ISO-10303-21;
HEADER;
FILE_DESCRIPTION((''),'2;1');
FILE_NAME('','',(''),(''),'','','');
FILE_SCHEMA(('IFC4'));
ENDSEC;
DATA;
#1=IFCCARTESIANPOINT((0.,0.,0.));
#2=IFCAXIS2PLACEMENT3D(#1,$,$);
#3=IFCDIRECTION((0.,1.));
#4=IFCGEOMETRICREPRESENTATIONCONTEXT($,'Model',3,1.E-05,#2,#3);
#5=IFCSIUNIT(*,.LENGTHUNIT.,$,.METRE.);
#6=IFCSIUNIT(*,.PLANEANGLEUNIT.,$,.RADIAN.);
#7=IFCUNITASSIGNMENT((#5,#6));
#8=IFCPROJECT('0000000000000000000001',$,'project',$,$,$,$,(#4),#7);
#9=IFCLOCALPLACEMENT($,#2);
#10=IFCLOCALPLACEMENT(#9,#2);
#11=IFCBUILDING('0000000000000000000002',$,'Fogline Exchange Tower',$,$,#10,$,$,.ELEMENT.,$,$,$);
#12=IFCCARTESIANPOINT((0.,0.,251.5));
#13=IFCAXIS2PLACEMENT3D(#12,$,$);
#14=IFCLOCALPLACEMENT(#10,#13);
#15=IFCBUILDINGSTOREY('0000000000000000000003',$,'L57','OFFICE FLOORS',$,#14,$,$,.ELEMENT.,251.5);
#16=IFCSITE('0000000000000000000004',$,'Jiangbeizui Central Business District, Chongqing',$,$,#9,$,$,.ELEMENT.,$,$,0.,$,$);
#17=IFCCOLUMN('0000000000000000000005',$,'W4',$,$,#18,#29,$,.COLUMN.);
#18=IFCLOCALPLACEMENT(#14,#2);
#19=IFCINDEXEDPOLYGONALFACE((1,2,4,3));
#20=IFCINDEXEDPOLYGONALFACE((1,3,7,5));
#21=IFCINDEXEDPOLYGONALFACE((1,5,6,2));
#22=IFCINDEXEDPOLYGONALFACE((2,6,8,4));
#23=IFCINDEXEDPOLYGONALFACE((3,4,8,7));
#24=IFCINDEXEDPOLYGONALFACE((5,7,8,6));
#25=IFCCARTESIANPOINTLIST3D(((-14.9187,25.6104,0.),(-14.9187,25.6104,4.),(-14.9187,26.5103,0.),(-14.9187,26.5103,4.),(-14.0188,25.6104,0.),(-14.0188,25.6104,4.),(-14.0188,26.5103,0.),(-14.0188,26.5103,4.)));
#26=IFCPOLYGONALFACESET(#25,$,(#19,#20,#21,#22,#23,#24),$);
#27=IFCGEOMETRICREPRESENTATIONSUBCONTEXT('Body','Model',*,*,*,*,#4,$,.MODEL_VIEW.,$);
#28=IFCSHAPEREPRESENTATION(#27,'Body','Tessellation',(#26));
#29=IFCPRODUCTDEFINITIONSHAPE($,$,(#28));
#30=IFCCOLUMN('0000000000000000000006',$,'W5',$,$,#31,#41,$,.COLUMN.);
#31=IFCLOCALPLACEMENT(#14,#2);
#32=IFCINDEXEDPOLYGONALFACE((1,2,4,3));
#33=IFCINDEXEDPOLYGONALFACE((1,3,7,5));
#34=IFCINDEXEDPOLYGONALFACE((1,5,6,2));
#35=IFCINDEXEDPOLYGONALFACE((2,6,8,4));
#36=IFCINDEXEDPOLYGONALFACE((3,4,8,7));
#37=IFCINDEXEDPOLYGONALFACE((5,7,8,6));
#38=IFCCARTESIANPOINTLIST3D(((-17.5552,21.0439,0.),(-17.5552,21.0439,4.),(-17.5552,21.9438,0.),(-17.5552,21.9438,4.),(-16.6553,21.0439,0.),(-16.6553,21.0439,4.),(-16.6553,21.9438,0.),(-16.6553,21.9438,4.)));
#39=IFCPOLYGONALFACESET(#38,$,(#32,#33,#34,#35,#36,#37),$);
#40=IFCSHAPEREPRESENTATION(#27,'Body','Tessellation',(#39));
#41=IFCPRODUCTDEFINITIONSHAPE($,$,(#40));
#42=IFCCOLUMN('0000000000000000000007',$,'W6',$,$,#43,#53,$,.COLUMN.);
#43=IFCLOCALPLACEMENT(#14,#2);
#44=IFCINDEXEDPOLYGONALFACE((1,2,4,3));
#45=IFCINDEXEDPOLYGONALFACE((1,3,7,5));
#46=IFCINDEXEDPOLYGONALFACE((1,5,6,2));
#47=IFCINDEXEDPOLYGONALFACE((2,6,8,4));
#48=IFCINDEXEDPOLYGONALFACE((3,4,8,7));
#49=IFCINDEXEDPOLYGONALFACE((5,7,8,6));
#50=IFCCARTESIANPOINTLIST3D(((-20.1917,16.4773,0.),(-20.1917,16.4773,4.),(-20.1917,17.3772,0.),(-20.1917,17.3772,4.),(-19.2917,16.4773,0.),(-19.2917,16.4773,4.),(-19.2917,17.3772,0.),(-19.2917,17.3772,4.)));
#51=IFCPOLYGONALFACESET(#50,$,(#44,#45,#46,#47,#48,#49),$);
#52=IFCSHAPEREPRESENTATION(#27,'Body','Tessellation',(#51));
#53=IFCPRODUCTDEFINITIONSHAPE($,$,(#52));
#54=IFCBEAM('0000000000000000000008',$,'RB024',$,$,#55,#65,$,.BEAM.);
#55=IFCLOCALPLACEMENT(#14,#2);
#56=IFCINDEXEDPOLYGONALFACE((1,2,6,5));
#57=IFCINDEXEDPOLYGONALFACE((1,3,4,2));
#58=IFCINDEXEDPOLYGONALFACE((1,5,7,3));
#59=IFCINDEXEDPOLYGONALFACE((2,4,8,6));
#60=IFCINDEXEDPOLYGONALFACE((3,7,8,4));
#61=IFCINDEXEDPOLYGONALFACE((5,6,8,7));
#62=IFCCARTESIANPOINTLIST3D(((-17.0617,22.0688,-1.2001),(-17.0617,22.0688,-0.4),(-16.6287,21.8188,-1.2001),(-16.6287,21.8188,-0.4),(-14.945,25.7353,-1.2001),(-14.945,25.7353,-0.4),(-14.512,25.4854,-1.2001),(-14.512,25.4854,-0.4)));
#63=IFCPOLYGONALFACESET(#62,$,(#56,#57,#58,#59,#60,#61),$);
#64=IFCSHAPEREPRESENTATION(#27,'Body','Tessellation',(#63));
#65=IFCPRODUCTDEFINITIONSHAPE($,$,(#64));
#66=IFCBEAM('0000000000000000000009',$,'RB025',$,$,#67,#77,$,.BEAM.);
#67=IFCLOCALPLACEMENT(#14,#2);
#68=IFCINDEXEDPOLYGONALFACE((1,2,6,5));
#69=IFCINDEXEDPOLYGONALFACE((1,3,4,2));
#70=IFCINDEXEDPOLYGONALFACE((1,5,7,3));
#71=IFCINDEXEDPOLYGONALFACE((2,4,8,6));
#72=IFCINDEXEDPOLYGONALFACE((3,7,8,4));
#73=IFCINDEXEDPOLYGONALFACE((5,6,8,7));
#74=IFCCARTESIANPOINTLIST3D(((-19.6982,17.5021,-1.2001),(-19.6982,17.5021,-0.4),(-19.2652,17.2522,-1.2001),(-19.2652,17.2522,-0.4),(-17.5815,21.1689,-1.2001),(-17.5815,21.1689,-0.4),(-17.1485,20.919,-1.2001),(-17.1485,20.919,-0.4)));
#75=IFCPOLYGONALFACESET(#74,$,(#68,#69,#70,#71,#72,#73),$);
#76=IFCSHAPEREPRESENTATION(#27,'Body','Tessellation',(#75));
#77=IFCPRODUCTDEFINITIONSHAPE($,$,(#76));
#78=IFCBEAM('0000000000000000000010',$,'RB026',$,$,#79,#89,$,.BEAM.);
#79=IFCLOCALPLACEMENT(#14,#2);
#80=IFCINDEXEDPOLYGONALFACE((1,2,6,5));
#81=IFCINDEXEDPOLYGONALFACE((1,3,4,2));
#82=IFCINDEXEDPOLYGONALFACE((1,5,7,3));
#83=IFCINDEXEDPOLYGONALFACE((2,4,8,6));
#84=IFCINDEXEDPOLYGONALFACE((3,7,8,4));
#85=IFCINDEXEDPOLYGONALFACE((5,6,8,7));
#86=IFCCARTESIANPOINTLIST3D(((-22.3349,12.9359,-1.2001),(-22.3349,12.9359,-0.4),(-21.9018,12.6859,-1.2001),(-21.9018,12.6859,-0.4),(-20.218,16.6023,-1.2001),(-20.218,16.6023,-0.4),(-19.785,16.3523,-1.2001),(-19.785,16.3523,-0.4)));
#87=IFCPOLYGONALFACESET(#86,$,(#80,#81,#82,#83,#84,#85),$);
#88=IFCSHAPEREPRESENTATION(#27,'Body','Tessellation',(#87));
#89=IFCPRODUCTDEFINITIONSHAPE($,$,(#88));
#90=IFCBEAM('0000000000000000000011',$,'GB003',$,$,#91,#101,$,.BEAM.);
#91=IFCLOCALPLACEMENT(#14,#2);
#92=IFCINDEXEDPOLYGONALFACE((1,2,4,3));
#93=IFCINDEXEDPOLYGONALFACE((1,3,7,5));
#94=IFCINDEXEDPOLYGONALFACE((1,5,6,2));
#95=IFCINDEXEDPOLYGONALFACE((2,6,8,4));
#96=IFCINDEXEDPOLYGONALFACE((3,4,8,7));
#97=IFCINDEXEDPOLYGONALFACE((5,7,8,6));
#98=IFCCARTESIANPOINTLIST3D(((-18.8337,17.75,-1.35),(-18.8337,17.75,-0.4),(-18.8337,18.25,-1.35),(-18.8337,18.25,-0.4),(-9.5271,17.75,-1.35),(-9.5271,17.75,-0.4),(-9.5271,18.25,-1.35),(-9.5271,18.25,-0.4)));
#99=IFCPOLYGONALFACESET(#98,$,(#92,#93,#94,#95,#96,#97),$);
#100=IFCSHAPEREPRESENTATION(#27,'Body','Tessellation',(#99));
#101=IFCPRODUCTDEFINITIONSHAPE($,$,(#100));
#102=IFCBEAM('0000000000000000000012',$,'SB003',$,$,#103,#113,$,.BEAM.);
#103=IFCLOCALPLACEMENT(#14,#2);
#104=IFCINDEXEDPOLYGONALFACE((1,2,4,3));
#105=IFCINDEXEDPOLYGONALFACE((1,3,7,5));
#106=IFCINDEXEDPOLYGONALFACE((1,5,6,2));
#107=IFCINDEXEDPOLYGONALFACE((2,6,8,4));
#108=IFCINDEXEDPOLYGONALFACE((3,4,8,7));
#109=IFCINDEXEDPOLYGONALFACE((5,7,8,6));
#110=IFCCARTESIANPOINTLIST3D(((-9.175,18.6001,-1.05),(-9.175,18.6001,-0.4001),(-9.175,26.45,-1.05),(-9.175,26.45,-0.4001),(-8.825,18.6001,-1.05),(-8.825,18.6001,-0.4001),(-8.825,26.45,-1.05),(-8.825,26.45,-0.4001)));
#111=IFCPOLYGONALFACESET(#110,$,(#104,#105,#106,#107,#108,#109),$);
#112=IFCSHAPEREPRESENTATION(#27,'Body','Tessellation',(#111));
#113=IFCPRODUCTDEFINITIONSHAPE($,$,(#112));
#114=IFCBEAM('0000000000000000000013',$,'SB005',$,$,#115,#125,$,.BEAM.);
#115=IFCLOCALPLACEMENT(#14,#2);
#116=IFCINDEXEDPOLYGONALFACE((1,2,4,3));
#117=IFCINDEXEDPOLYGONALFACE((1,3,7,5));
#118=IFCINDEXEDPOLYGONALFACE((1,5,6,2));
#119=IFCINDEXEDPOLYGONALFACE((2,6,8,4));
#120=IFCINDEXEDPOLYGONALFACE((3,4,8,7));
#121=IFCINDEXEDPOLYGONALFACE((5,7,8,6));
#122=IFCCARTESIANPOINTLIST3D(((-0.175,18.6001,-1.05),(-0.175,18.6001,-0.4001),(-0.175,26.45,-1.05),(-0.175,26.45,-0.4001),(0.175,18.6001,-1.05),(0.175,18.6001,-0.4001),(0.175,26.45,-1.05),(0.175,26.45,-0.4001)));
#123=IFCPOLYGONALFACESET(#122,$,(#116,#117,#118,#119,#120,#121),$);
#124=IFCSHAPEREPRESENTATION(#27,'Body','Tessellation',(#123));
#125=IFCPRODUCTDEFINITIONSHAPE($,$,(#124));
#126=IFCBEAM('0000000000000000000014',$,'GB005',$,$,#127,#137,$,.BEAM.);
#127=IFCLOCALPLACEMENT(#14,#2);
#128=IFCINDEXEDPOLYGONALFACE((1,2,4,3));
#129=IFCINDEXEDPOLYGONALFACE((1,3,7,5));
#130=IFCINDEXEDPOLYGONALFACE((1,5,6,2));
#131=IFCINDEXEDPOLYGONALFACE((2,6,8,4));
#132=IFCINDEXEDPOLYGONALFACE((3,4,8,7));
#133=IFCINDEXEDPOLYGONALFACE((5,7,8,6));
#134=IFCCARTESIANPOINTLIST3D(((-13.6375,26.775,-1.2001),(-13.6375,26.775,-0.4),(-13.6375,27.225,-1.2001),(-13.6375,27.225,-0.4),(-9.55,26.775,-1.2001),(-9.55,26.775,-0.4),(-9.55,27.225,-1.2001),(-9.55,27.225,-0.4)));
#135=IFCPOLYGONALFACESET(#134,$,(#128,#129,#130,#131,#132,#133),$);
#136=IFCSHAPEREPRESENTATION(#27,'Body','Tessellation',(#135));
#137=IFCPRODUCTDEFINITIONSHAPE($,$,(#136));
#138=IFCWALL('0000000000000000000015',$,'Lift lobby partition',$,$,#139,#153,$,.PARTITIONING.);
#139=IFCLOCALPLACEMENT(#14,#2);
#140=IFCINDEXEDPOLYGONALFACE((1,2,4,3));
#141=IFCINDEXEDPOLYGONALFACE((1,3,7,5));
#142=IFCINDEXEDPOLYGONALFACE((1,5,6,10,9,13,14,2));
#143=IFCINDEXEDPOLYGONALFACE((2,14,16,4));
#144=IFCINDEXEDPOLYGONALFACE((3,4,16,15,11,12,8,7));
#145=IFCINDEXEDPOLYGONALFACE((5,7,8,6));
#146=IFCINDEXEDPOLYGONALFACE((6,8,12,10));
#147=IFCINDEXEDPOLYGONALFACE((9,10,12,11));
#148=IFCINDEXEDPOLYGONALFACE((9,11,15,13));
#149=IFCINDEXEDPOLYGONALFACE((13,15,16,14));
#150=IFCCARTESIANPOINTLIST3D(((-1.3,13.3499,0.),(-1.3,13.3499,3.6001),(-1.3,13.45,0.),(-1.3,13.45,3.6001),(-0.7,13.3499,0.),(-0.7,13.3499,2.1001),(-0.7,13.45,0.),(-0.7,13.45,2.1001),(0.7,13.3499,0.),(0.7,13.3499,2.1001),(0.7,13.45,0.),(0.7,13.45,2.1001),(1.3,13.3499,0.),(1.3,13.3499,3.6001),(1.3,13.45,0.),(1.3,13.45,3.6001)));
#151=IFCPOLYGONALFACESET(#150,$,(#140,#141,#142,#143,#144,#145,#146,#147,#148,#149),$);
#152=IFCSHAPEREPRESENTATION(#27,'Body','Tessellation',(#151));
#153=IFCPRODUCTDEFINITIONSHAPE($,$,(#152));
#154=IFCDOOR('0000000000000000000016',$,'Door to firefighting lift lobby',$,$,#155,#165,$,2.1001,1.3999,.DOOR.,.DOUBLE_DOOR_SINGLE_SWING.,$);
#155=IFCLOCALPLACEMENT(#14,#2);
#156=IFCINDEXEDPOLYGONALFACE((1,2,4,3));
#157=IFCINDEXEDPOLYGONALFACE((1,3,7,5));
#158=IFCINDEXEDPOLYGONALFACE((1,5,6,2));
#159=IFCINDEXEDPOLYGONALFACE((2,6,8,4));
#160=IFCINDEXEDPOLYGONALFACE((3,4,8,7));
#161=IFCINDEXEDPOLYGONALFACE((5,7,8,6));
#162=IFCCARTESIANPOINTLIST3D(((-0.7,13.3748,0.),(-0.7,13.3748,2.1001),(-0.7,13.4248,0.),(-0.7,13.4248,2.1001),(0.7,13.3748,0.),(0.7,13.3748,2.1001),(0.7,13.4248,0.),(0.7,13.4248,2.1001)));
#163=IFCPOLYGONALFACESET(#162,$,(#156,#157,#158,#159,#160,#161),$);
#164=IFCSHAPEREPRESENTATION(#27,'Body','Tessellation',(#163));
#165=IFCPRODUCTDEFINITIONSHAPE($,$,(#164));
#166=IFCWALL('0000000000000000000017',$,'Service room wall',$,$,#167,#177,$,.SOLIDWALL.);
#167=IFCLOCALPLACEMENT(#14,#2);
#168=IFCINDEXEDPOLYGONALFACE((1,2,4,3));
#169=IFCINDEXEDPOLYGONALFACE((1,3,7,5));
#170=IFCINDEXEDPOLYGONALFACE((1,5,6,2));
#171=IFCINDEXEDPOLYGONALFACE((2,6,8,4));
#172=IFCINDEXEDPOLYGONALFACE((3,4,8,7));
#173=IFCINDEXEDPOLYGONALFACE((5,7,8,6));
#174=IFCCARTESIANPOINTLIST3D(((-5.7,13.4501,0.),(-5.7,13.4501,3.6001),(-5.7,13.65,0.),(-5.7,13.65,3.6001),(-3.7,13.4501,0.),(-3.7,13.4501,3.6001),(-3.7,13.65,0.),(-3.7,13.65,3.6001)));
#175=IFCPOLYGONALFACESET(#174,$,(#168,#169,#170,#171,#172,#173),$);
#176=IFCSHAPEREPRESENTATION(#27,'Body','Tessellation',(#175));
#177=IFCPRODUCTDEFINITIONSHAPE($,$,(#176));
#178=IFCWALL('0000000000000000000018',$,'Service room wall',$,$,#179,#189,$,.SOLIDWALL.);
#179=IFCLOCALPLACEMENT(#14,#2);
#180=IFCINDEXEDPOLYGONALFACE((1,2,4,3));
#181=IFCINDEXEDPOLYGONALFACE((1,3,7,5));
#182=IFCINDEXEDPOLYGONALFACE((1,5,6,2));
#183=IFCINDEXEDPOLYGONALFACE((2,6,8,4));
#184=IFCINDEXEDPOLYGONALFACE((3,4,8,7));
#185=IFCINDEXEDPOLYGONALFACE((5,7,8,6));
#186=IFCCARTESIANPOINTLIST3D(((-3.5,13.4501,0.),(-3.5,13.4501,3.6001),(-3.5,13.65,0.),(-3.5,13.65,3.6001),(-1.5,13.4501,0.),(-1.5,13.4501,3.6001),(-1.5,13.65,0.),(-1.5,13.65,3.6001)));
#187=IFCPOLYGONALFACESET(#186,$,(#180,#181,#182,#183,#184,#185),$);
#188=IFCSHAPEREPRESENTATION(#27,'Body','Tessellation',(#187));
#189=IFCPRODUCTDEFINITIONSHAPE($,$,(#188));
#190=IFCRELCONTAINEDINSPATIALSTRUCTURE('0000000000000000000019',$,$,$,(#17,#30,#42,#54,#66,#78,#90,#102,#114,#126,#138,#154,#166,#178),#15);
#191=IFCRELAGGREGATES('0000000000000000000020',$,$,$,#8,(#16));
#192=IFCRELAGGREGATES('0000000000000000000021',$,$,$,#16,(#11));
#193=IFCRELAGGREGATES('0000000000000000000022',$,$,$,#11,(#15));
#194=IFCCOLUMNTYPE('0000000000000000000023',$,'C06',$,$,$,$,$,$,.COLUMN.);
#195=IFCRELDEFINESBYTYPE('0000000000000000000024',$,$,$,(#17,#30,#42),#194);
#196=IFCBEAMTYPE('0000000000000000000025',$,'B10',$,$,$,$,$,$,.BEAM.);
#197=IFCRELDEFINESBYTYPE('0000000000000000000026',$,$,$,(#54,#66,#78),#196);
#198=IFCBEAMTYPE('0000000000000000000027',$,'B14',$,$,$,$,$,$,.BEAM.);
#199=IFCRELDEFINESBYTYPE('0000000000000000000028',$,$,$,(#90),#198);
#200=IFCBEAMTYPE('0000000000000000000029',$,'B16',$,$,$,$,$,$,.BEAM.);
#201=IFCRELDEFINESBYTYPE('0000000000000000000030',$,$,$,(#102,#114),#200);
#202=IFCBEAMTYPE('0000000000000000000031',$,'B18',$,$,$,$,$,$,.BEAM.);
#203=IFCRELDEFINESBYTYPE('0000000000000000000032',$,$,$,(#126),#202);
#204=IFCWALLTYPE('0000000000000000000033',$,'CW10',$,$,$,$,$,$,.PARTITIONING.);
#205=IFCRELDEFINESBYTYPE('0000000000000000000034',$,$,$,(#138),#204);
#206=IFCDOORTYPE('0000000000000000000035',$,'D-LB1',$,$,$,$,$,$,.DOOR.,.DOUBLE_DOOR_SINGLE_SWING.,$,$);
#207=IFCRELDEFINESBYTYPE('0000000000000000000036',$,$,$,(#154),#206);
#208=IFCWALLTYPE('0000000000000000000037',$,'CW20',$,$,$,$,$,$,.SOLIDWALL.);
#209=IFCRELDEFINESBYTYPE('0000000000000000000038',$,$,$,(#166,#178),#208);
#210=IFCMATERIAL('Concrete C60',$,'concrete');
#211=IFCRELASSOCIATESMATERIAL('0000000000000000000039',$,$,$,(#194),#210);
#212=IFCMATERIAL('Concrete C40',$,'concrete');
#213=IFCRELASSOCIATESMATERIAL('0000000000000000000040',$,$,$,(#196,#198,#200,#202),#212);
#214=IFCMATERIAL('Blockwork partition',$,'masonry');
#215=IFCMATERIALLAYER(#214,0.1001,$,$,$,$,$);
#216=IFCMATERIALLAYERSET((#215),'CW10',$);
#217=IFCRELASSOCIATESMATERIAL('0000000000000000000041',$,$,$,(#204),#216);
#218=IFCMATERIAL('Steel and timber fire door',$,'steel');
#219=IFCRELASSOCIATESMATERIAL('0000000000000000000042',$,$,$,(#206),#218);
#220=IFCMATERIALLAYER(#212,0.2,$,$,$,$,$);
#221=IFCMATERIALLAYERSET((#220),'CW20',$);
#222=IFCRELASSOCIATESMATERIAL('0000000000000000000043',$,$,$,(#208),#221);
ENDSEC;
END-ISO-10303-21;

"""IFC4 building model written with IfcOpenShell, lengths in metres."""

from ifc_helpers import new_model, si_unit, direction, frame, frame_2d, origin, origin_2d, place, context, subcontext, project, spatial, rectangle, extrude, material, layer, layer_set, material_profile, profile_set, type_object, element, fill, save


model = new_model("IFC4")

# Units and contexts
model_context = context("Model", 3, precision=1e-05, world=origin(), true_north=direction((0.0, 1.0)))
body_context = subcontext(model_context, "Body", "Model", "MODEL_VIEW")
ifc_project = project(units=[si_unit("LENGTHUNIT", "METRE"), si_unit("PLANEANGLEUNIT", "RADIAN")], contexts=[model_context])

# Site, building, storey
site_placement = place(None, origin())
site = spatial("IfcSite", under=ifc_project, at=site_placement, Name="Jiangbeizui Central Business District, Chongqing", CompositionType="ELEMENT", RefElevation=0.0)
building_placement = place(site_placement, origin())
building = spatial("IfcBuilding", under=site, at=building_placement, Name="Fogline Exchange Tower", CompositionType="ELEMENT")
storey_placement = place(building_placement, frame((0.0, 0.0, 251.5)))
storey = spatial("IfcBuildingStorey", under=building, at=storey_placement, Name="L57", Description="OFFICE FLOORS", CompositionType="ELEMENT", Elevation=251.5)

# Columns
ifc_material_1 = material(Name="Concrete C60", Category="concrete")
ifc_material_profile_1 = material_profile(ifc_material_1, rectangle(XDim=0.8999, YDim=0.8999, at=origin_2d()), Name="RC 900x900")
ifc_profile_set_1 = profile_set([ifc_material_profile_1], Name="Concrete C60")
column_type = type_object("IfcColumnType", Name="C06", PredefinedType="COLUMN", material=ifc_profile_set_1)
for number, where, z_axis, x_axis, name in (
    (1, (-14.4688, 26.0603, 0.0), (0.0, 0.0, 1.0), (1.0, 0.0, 0.0), "W4"),
    (2, (-17.1052, 21.4939, 0.0), (0.0, 0.0, 1.0), (1.0, 0.0, 0.0), "W5"),
    (3, (-19.7417, 16.9272, 0.0), (0.0, 0.0, 1.0), (1.0, 0.0, 0.0), "W6"),
):
    element("IfcColumn", number, at=place(storey_placement, frame(where, z_axis=z_axis, x_axis=x_axis)), inside=storey, type_object=column_type, Name=name, PredefinedType="COLUMN", context=body_context, shape_type="SweptSolid", body=[
        extrude(rectangle(XDim=0.8999, YDim=0.8999, at=origin_2d()), origin(), (0.0, 0.0, 1.0), 4.0),
    ])

# Beams
ifc_material_2 = material(Name="Concrete C40", Category="concrete")
ifc_material_profile_2 = material_profile(ifc_material_2, rectangle(XDim=0.5, YDim=0.8, at=origin_2d()), Name="RC 500x800")
ifc_profile_set_2 = profile_set([ifc_material_profile_2], Name="Concrete C40")
beam_type_1 = type_object("IfcBeamType", Name="B10", PredefinedType="BEAM", material=ifc_profile_set_2)
beam_1_placement = place(storey_placement, frame((-14.7285, 25.6104, -0.8), z_axis=(-0.499972, -0.866042, 0.0), x_axis=(0.866042, -0.499972, 0.0)))
element("IfcBeam", 4, at=beam_1_placement, inside=storey, type_object=beam_type_1, Name="RB024", PredefinedType="BEAM", context=body_context, shape_type="SweptSolid", body=[
    extrude(rectangle(XDim=0.5, YDim=0.8, at=origin_2d()), origin(), (0.0, 0.0, 1.0), 4.2336),
])
beam_2_placement = place(storey_placement, frame((-17.365, 21.0439, -0.8), z_axis=(-0.499947, -0.866056, 0.0), x_axis=(0.866056, -0.499947, 0.0)))
element("IfcBeam", 5, at=beam_2_placement, inside=storey, type_object=beam_type_1, Name="RB025", PredefinedType="BEAM", context=body_context, shape_type="SweptSolid", body=[
    extrude(rectangle(XDim=0.5, YDim=0.8, at=origin_2d()), origin(), (0.0, 0.0, 1.0), 4.2339),
])
beam_3_placement = place(storey_placement, frame((-20.0015, 16.4773, -0.8), z_axis=(-0.500015, -0.866017, 0.0), x_axis=(0.866017, -0.500015, 0.0)))
element("IfcBeam", 6, at=beam_3_placement, inside=storey, type_object=beam_type_1, Name="RB026", PredefinedType="BEAM", context=body_context, shape_type="SweptSolid", body=[
    extrude(rectangle(XDim=0.5, YDim=0.8, at=origin_2d()), origin(), (0.0, 0.0, 1.0), 4.2336),
])
ifc_material_profile_3 = material_profile(ifc_material_2, rectangle(XDim=0.5, YDim=0.95, at=origin_2d()), Name="RC 500x950")
ifc_profile_set_3 = profile_set([ifc_material_profile_3], Name="Concrete C40")
beam_type_2 = type_object("IfcBeamType", Name="B14", PredefinedType="BEAM", material=ifc_profile_set_3)
beam_4_placement = place(storey_placement, frame((-18.8337, 18.0, -0.875), z_axis=(1.0, 0.0, 0.0), x_axis=(0.0, 1.0, 0.0)))
element("IfcBeam", 7, at=beam_4_placement, inside=storey, type_object=beam_type_2, Name="GB003", PredefinedType="BEAM", context=body_context, shape_type="SweptSolid", body=[
    extrude(rectangle(XDim=0.5, YDim=0.95, at=origin_2d()), origin(), (0.0, 0.0, 1.0), 9.3066),
])
ifc_material_profile_4 = material_profile(ifc_material_2, rectangle(XDim=0.3501, YDim=0.6499, at=origin_2d()), Name="RC 350x650")
ifc_profile_set_4 = profile_set([ifc_material_profile_4], Name="Concrete C40")
beam_type_3 = type_object("IfcBeamType", Name="B16", PredefinedType="BEAM", material=ifc_profile_set_4)
for number, where, z_axis, x_axis, name in (
    (8, (-9.0, 18.6001, -0.7251), (0.0, 1.0, 0.0), (-1.0, 0.0, 0.0), "SB003"),
    (9, (0.0, 18.6001, -0.7251), (0.0, 1.0, 0.0), (-1.0, 0.0, 0.0), "SB005"),
):
    element("IfcBeam", number, at=place(storey_placement, frame(where, z_axis=z_axis, x_axis=x_axis)), inside=storey, type_object=beam_type_3, Name=name, PredefinedType="BEAM", context=body_context, shape_type="SweptSolid", body=[
        extrude(rectangle(XDim=0.3501, YDim=0.6499, at=origin_2d()), origin(), (0.0, 0.0, 1.0), 7.8499),
    ])
ifc_material_profile_5 = material_profile(ifc_material_2, rectangle(XDim=0.45, YDim=0.8, at=origin_2d()), Name="RC 450x800")
ifc_profile_set_5 = profile_set([ifc_material_profile_5], Name="Concrete C40")
beam_type_4 = type_object("IfcBeamType", Name="B18", PredefinedType="BEAM", material=ifc_profile_set_5)
beam_5_placement = place(storey_placement, frame((-13.6375, 27.0, -0.8), z_axis=(1.0, 0.0, 0.0), x_axis=(0.0, 1.0, 0.0)))
element("IfcBeam", 10, at=beam_5_placement, inside=storey, type_object=beam_type_4, Name="GB005", PredefinedType="BEAM", context=body_context, shape_type="SweptSolid", body=[
    extrude(rectangle(XDim=0.45, YDim=0.8, at=origin_2d()), origin(), (0.0, 0.0, 1.0), 4.0874),
])

# Wall, opening, door
ifc_material_3 = material(Name="Blockwork partition", Category="masonry")
ifc_layer_1 = layer(ifc_material_3, 0.1001)
ifc_layer_set_1 = layer_set([ifc_layer_1], Name="CW10")
wall_type_1 = type_object("IfcWallType", Name="CW10", PredefinedType="PARTITIONING", material=ifc_layer_set_1)
wall_1_placement = place(storey_placement, frame((-1.3, 13.3999, 0.0), z_axis=(0.0, 0.0, 1.0), x_axis=(1.0, 0.0, 0.0)))
wall_1 = element("IfcWall", 11, at=wall_1_placement, inside=storey, type_object=wall_type_1, Name="Lift lobby partition", PredefinedType="PARTITIONING", context=body_context, shape_type="SweptSolid", body=[
    extrude(rectangle(XDim=2.6001, YDim=0.1001, at=frame_2d((1.3, 0.0))), origin(), (0.0, 0.0, 1.0), 3.6001),
])
opening_1_placement = place(wall_1_placement, frame((0.6001, 0.0, 0.0)))
opening_1 = element("IfcOpeningElement", 12, at=opening_1_placement, cuts=wall_1, PredefinedType="OPENING", context=body_context, shape_type="SweptSolid", body=[
    extrude(rectangle(XDim=1.3999, YDim=2.1001, at=frame_2d((0.7, 1.05))), frame((0.0, 0.0601, 0.0), z_axis=(0.0, -1.0, 0.0), x_axis=(1.0, 0.0, 0.0)), (0.0, 0.0, 1.0), 0.1201),
])
ifc_material_4 = material(Name="Steel and timber fire door", Category="steel")
door_type_1 = type_object("IfcDoorType", Name="D-LB1", OperationType="DOUBLE_DOOR_SINGLE_SWING", PredefinedType="DOOR", material=ifc_material_4)
door_1_placement = place(opening_1_placement, origin())
door_1 = element("IfcDoor", 13, at=door_1_placement, inside=storey, type_object=door_type_1, Name="Door to firefighting lift lobby", OperationType="DOUBLE_DOOR_SINGLE_SWING", OverallHeight=2.1001, OverallWidth=1.3999, PredefinedType="DOOR", context=body_context, shape_type="SweptSolid", body=[
    extrude(rectangle(XDim=1.3999, YDim=2.1001, at=frame_2d((0.7, 1.05))), frame((0.0, 0.0249, 0.0), z_axis=(0.0, -1.0, 0.0), x_axis=(1.0, 0.0, 0.0)), (0.0, 0.0, 1.0), 0.05),
])
fill(opening_1, door_1)

# Walls
ifc_layer_2 = layer(ifc_material_2, 0.2)
ifc_layer_set_2 = layer_set([ifc_layer_2], Name="CW20")
wall_type_2 = type_object("IfcWallType", Name="CW20", PredefinedType="SOLIDWALL", material=ifc_layer_set_2)
for number, where, z_axis, x_axis, name in (
    (14, (-5.7, 13.55, 0.0), (0.0, 0.0, 1.0), (1.0, 0.0, 0.0), "Service room wall"),
    (15, (-3.5, 13.55, 0.0), (0.0, 0.0, 1.0), (1.0, 0.0, 0.0), "Service room wall"),
):
    element("IfcWall", number, at=place(storey_placement, frame(where, z_axis=z_axis, x_axis=x_axis)), inside=storey, type_object=wall_type_2, Name=name, PredefinedType="SOLIDWALL", context=body_context, shape_type="SweptSolid", body=[
        extrude(rectangle(XDim=2.0, YDim=0.2, at=frame_2d((1.0, 0.0))), origin(), (0.0, 0.0, 1.0), 3.6001),
    ])

save(model, "model.ifc")
